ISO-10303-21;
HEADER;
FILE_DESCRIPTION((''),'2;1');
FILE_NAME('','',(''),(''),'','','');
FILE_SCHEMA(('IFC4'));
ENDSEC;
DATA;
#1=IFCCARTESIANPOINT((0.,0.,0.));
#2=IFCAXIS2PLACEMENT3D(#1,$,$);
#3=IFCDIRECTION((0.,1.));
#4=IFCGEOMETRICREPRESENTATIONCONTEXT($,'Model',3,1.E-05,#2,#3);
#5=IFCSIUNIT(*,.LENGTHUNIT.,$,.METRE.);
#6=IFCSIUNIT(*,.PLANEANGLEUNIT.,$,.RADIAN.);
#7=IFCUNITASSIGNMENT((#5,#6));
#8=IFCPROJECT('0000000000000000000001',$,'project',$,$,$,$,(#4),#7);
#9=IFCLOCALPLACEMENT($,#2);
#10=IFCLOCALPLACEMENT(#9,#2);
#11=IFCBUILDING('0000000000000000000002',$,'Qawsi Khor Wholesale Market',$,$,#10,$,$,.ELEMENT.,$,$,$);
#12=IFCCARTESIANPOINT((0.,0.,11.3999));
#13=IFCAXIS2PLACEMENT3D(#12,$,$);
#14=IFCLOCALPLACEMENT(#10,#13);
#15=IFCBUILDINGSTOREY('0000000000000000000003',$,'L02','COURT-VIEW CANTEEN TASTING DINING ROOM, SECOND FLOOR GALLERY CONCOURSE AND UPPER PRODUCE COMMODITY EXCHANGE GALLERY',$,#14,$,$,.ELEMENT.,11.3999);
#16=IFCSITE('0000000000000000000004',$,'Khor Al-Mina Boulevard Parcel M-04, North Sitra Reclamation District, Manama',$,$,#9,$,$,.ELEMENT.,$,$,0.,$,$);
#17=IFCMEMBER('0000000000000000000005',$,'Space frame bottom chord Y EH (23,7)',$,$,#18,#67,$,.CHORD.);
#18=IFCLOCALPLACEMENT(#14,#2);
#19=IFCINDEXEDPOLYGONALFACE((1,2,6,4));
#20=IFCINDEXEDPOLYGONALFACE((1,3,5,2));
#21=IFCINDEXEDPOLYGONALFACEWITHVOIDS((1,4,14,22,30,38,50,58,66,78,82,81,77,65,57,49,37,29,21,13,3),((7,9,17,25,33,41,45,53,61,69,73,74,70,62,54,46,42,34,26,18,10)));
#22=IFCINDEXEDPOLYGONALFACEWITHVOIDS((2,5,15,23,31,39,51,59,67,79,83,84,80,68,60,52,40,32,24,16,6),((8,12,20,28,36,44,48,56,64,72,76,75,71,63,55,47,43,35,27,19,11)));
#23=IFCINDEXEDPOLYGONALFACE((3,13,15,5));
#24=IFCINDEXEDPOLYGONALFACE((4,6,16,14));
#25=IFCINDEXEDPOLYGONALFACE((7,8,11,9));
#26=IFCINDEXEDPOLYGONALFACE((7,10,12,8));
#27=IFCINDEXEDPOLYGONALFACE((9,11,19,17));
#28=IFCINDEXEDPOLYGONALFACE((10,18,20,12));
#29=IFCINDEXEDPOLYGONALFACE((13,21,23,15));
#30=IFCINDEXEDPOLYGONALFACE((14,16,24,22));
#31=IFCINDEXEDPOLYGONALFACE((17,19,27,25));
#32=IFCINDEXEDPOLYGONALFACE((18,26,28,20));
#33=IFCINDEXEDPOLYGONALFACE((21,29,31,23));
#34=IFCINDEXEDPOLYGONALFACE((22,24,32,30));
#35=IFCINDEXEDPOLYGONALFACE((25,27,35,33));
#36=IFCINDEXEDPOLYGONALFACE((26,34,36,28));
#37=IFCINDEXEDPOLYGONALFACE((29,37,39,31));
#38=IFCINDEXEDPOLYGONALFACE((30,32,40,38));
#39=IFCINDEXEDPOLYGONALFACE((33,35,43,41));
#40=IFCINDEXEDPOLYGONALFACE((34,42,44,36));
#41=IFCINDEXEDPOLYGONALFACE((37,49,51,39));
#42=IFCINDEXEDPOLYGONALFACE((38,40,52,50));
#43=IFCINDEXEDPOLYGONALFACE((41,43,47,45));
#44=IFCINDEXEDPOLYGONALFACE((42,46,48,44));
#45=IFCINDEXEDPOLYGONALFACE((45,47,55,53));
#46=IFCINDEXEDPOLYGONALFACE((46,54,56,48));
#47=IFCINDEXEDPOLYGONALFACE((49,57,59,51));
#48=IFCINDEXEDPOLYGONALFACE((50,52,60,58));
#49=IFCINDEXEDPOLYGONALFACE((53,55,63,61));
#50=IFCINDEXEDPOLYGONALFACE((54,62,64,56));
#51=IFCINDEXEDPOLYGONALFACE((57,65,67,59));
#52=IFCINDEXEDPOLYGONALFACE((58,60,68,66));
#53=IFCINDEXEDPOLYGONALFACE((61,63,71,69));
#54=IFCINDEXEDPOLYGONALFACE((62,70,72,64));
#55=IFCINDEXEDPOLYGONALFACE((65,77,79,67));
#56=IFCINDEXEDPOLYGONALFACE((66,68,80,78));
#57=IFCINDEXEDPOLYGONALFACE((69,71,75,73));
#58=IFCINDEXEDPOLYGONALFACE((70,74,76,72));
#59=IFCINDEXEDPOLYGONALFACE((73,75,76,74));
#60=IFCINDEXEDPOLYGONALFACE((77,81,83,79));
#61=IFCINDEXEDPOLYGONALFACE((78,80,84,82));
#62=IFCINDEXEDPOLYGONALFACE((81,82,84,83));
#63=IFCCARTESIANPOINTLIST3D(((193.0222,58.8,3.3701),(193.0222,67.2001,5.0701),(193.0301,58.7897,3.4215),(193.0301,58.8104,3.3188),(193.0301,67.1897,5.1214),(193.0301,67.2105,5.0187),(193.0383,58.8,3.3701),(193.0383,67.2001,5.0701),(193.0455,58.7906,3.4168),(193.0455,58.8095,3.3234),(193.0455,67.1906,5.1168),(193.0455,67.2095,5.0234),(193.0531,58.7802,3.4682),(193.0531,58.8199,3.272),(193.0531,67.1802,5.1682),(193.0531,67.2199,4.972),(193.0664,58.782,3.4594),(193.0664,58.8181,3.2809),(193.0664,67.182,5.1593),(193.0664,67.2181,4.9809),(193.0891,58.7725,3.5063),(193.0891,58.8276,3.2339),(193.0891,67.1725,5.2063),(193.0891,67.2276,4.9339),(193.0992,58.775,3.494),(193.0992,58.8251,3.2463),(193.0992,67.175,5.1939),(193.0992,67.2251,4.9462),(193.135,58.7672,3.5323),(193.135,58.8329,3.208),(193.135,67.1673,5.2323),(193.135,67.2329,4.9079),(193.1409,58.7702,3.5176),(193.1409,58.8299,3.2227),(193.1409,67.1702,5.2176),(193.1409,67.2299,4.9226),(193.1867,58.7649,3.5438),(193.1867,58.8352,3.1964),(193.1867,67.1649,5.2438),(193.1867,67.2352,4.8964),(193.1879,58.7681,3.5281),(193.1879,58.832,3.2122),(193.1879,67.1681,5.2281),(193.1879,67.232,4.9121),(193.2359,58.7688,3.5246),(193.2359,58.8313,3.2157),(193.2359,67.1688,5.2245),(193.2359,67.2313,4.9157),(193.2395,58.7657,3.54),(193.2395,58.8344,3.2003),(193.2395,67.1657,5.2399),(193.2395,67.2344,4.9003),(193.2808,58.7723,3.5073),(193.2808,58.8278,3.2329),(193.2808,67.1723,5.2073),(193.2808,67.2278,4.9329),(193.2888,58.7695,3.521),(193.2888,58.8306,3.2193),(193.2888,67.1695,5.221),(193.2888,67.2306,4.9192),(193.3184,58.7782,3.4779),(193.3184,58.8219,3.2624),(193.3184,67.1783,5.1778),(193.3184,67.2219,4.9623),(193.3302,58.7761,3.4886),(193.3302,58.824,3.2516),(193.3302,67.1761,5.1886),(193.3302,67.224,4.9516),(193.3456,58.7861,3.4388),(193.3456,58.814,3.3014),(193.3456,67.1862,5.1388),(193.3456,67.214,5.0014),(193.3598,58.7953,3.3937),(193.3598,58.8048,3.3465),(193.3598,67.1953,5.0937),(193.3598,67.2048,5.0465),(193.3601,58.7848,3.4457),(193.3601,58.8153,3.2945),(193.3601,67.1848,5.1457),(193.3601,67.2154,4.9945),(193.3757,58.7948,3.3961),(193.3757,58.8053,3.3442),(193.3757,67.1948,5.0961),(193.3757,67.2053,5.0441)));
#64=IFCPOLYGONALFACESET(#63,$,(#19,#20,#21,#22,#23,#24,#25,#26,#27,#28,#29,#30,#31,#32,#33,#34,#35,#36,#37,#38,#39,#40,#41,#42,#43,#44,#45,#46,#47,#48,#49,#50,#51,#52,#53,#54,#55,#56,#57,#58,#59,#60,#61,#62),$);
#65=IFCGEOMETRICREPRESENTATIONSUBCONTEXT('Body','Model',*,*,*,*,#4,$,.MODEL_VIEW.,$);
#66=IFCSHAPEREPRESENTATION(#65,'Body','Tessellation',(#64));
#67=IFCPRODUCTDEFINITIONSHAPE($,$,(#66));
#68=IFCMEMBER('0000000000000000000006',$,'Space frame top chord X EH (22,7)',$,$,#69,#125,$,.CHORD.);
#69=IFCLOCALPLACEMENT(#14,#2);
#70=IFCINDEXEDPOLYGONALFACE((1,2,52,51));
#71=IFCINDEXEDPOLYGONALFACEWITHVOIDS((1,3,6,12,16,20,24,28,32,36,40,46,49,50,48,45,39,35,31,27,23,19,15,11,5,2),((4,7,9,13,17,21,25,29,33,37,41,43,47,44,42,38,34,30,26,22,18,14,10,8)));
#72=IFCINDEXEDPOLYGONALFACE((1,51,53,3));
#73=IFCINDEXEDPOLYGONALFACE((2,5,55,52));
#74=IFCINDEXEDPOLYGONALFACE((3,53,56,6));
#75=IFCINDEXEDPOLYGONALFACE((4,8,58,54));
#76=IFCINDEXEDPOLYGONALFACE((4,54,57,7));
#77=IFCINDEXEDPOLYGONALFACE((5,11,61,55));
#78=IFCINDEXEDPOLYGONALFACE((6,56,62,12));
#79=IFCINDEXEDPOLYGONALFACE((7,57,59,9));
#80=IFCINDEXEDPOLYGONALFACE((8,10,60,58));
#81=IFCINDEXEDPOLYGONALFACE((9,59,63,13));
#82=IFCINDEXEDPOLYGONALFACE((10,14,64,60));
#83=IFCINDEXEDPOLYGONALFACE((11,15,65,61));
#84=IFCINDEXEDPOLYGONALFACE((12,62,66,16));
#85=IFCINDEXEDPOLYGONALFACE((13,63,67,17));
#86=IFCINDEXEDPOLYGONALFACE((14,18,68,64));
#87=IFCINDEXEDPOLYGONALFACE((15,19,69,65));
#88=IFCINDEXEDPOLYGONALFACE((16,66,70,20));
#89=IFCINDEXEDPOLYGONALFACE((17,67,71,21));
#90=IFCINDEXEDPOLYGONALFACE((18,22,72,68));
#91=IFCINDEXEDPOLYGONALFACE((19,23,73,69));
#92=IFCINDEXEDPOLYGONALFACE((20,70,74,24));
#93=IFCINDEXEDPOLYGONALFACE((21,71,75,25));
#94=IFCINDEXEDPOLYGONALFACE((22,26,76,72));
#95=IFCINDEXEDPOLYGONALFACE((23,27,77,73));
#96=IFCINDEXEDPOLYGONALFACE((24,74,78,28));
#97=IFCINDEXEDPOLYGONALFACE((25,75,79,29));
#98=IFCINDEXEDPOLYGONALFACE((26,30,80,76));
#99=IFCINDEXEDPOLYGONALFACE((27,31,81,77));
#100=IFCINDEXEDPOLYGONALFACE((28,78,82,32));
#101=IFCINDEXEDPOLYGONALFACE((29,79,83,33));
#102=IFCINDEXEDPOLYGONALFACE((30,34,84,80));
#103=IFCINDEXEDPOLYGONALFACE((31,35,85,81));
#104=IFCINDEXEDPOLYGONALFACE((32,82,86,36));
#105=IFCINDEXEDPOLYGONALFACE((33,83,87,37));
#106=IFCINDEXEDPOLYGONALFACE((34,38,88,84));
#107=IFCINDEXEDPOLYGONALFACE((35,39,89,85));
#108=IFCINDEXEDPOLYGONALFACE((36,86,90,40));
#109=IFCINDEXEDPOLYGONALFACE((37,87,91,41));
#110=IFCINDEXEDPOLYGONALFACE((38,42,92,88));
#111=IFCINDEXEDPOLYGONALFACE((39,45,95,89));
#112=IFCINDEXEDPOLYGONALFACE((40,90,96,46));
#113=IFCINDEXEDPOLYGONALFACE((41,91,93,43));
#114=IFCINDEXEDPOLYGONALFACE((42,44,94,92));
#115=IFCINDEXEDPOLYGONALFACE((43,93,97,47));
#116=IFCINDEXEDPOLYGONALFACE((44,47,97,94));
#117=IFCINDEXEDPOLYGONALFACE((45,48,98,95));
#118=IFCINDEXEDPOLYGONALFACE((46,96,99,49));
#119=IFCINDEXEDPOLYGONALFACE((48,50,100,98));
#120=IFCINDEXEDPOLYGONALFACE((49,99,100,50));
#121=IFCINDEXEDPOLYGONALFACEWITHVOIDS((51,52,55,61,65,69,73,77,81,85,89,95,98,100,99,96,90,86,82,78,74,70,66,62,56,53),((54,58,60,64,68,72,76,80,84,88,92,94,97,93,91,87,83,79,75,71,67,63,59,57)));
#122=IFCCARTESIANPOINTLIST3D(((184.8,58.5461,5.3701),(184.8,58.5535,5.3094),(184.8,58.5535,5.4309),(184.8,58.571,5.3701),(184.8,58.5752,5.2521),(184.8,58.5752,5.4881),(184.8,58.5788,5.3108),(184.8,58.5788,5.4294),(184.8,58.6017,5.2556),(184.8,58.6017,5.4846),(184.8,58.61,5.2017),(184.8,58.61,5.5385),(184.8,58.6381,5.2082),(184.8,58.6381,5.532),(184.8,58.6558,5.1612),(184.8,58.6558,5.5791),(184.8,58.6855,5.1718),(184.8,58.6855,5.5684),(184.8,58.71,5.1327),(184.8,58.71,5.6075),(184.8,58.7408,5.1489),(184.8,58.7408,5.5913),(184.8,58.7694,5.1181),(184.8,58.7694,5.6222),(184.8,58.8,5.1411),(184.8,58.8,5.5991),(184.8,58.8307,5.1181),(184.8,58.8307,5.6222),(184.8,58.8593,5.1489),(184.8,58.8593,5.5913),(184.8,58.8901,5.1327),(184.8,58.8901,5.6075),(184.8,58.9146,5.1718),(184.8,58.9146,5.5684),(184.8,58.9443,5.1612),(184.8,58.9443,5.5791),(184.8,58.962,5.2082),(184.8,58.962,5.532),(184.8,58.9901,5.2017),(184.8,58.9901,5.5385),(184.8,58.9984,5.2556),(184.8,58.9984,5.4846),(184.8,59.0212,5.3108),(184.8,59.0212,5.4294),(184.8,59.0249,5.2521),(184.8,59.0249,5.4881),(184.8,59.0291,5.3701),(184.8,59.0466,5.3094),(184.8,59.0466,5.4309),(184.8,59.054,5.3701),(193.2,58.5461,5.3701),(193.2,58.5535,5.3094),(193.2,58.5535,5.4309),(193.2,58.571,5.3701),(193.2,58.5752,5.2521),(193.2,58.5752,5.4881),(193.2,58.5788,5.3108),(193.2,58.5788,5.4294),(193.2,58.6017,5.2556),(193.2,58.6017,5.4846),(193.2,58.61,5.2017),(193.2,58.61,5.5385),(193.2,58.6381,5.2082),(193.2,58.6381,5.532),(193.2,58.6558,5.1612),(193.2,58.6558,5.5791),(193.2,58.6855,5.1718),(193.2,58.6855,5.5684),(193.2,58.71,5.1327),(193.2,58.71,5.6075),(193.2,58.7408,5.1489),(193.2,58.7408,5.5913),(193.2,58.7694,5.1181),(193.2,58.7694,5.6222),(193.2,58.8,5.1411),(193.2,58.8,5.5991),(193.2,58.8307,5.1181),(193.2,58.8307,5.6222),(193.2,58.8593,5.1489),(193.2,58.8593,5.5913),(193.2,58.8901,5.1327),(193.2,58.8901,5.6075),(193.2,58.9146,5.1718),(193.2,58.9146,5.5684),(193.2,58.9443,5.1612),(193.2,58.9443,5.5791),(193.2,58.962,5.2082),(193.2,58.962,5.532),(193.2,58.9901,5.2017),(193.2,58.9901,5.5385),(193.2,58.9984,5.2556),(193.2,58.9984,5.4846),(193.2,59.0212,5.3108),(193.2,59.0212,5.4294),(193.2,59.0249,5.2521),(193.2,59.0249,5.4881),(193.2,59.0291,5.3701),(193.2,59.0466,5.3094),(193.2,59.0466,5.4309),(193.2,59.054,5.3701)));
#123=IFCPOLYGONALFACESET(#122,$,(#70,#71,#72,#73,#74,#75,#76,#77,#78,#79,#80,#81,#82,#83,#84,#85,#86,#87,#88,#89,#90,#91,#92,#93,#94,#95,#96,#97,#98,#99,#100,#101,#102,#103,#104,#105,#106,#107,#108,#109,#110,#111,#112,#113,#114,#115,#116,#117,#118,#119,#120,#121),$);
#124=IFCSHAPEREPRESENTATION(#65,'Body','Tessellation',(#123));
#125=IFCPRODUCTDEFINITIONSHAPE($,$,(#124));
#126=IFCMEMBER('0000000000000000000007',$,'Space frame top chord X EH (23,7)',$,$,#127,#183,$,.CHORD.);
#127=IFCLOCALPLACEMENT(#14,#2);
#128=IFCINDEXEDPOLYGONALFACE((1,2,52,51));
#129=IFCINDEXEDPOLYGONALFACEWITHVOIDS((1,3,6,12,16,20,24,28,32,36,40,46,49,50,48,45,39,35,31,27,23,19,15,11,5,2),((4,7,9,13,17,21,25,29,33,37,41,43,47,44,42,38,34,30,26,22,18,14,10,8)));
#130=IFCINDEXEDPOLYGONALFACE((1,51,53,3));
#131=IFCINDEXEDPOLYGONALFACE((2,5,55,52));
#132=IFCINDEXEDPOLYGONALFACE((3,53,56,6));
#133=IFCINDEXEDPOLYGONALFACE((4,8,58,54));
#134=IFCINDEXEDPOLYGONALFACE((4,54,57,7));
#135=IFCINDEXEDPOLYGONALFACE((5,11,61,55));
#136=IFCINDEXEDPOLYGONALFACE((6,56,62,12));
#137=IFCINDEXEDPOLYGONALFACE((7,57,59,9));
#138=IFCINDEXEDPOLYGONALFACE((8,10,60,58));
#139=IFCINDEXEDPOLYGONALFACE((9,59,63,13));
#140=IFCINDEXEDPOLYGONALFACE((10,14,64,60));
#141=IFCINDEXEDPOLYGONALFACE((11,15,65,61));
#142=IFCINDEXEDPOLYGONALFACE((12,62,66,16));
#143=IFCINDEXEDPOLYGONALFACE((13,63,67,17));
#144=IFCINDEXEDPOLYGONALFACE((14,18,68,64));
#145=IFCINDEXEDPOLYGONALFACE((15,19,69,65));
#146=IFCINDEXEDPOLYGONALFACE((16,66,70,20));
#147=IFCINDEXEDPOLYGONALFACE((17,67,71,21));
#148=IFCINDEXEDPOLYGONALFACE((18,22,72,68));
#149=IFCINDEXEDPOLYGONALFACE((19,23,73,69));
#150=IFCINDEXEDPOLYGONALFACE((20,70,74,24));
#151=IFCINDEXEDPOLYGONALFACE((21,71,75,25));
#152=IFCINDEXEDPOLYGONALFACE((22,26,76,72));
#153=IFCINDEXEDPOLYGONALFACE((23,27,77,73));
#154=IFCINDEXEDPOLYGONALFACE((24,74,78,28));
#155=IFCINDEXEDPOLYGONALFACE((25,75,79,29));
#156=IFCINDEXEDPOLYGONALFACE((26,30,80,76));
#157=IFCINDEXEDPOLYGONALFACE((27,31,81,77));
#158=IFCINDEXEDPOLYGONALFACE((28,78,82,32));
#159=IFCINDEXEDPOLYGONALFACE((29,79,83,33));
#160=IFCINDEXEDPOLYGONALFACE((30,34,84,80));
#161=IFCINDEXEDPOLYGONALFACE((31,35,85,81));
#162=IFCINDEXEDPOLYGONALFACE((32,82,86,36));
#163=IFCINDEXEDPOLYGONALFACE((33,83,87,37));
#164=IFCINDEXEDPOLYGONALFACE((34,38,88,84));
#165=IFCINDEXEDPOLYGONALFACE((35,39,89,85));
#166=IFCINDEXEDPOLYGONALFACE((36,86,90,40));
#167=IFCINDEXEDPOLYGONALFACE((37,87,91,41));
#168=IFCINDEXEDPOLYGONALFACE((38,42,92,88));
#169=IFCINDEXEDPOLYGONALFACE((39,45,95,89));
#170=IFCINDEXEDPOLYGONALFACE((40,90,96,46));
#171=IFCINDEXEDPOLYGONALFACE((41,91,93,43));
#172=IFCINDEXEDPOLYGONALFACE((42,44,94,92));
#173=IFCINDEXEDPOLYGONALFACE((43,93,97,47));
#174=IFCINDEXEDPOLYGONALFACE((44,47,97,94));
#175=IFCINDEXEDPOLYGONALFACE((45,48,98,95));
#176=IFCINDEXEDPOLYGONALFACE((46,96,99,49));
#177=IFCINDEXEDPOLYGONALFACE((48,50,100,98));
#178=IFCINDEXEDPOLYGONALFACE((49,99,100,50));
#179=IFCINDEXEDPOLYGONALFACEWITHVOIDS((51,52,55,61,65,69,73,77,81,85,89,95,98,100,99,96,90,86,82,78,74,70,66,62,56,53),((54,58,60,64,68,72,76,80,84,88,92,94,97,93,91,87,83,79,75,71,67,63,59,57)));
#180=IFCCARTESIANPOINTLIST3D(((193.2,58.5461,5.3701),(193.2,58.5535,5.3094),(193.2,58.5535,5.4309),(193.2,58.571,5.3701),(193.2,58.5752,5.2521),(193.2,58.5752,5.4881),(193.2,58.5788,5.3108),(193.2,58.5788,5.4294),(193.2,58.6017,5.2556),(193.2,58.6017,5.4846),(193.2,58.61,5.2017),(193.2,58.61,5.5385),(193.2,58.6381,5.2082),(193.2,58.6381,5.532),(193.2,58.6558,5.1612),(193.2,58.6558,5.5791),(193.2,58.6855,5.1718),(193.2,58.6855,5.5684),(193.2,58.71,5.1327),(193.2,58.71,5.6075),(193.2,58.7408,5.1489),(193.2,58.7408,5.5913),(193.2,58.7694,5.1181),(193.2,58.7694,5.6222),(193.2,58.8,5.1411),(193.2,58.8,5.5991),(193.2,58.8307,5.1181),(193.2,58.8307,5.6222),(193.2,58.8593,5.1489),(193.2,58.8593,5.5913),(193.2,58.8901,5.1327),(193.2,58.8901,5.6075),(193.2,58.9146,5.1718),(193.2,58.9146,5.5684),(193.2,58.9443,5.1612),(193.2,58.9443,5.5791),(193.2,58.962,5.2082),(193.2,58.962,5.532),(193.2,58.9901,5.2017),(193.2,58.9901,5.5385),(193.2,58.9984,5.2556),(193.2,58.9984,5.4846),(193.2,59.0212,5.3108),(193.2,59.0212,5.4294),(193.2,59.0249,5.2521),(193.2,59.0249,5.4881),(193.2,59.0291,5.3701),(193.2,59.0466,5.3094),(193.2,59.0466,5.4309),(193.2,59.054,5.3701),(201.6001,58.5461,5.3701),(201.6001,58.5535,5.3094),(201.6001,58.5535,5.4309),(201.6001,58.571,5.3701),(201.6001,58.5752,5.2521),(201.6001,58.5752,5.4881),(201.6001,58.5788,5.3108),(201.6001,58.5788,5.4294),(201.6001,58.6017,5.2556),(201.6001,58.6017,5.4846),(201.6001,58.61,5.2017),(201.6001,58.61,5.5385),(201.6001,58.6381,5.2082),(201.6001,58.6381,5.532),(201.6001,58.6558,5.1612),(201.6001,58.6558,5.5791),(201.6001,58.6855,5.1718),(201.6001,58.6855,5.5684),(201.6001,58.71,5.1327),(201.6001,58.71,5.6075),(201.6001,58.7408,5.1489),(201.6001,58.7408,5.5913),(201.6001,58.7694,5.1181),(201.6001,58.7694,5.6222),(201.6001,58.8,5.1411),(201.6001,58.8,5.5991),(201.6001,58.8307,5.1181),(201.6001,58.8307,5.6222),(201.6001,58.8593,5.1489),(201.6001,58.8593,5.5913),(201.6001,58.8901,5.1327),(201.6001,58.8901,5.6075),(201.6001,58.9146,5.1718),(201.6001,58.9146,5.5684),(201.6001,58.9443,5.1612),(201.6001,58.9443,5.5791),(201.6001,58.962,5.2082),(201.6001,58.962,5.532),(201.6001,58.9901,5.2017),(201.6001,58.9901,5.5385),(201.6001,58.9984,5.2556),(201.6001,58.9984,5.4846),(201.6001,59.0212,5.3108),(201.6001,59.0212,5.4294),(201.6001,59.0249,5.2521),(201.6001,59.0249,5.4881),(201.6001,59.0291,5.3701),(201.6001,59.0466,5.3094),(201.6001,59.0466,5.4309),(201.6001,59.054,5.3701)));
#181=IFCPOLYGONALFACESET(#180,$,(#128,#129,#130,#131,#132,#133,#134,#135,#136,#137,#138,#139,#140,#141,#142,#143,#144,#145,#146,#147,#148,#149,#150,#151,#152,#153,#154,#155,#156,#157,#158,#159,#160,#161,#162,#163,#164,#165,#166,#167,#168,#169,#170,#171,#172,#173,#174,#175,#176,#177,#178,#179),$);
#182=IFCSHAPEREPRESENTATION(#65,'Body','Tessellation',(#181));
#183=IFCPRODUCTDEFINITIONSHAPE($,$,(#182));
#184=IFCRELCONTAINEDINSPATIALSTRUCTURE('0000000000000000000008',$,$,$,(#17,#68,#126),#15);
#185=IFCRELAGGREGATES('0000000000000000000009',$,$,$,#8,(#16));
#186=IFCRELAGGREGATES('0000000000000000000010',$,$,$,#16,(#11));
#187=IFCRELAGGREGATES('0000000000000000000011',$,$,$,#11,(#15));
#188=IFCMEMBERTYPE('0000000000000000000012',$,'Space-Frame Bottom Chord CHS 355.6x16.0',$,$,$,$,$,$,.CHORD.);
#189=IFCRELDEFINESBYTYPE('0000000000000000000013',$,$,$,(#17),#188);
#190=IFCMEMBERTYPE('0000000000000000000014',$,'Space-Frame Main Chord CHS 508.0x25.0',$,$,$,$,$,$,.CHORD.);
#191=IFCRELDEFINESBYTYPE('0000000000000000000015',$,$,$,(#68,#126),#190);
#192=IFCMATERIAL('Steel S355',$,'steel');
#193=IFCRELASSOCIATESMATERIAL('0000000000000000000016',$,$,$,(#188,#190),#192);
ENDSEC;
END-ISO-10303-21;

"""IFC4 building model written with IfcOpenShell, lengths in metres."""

from ifc_helpers import new_model, si_unit, direction, frame, origin, origin_2d, place, context, subcontext, project, spatial, hollow_circle, extrude, material, material_profile, profile_set, type_object, element, save


model = new_model("IFC4")

# Units and contexts
model_context = context("Model", 3, precision=1e-05, world=origin(), true_north=direction((0.0, 1.0)))
body_context = subcontext(model_context, "Body", "Model", "MODEL_VIEW")
ifc_project = project(units=[si_unit("LENGTHUNIT", "METRE"), si_unit("PLANEANGLEUNIT", "RADIAN")], contexts=[model_context])

# Site, building, storey
site_placement = place(None, origin())
site = spatial("IfcSite", under=ifc_project, at=site_placement, Name="Khor Al-Mina Boulevard Parcel M-04, North Sitra Reclamation District, Manama", CompositionType="ELEMENT", RefElevation=0.0)
building_placement = place(site_placement, origin())
building = spatial("IfcBuilding", under=site, at=building_placement, Name="Qawsi Khor Wholesale Market", CompositionType="ELEMENT")
storey_placement = place(building_placement, frame((0.0, 0.0, 11.3999)))
storey = spatial("IfcBuildingStorey", under=building, at=storey_placement, Name="L02", Description="COURT-VIEW CANTEEN TASTING DINING ROOM, SECOND FLOOR GALLERY CONCOURSE AND UPPER PRODUCE COMMODITY EXCHANGE GALLERY", CompositionType="ELEMENT", Elevation=11.3999)

# Members
ifc_material_1 = material(Name="Steel S355", Category="steel")
ifc_material_profile_1 = material_profile(ifc_material_1, hollow_circle(Radius=0.1777, WallThickness=0.0161, at=origin_2d()), Name="CHS 355.6x16.0")
ifc_profile_set_1 = profile_set([ifc_material_profile_1], Name="Steel S355")
member_type_1 = type_object("IfcMemberType", Name="Space-Frame Bottom Chord CHS 355.6x16.0", PredefinedType="CHORD", material=ifc_profile_set_1)
member_1_placement = place(storey_placement, frame((193.2, 58.8, 3.3701), z_axis=(0.0, 0.98013, 0.198356), x_axis=(-1.0, 0.0, 0.0)))
element("IfcMember", 1, at=member_1_placement, inside=storey, type_object=member_type_1, Name="Space frame bottom chord Y EH (23,7)", PredefinedType="CHORD", context=body_context, shape_type="SweptSolid", body=[
    extrude(hollow_circle(Radius=0.1777, WallThickness=0.0161, at=origin_2d()), origin(), (0.0, 0.0, 1.0), 8.5703),
])
ifc_material_profile_2 = material_profile(ifc_material_1, hollow_circle(Radius=0.2539, WallThickness=0.0249, at=origin_2d()), Name="CHS 508.0x25.0")
ifc_profile_set_2 = profile_set([ifc_material_profile_2], Name="Steel S355")
member_type_2 = type_object("IfcMemberType", Name="Space-Frame Main Chord CHS 508.0x25.0", PredefinedType="CHORD", material=ifc_profile_set_2)
member_2_placement = place(storey_placement, frame((184.8, 58.8, 5.3701), z_axis=(1.0, 0.0, 0.0), x_axis=(0.0, 1.0, 0.0)))
element("IfcMember", 2, at=member_2_placement, inside=storey, type_object=member_type_2, Name="Space frame top chord X EH (22,7)", PredefinedType="CHORD", context=body_context, shape_type="SweptSolid", body=[
    extrude(hollow_circle(Radius=0.2539, WallThickness=0.0249, at=origin_2d()), origin(), (0.0, 0.0, 1.0), 8.3999),
])
member_3_placement = place(storey_placement, frame((193.2, 58.8, 5.3701), z_axis=(1.0, 0.0, 0.0), x_axis=(0.0, 1.0, 0.0)))
element("IfcMember", 3, at=member_3_placement, inside=storey, type_object=member_type_2, Name="Space frame top chord X EH (23,7)", PredefinedType="CHORD", context=body_context, shape_type="SweptSolid", body=[
    extrude(hollow_circle(Radius=0.2539, WallThickness=0.0249, at=origin_2d()), origin(), (0.0, 0.0, 1.0), 8.4001),
])

save(model, "model.ifc")
